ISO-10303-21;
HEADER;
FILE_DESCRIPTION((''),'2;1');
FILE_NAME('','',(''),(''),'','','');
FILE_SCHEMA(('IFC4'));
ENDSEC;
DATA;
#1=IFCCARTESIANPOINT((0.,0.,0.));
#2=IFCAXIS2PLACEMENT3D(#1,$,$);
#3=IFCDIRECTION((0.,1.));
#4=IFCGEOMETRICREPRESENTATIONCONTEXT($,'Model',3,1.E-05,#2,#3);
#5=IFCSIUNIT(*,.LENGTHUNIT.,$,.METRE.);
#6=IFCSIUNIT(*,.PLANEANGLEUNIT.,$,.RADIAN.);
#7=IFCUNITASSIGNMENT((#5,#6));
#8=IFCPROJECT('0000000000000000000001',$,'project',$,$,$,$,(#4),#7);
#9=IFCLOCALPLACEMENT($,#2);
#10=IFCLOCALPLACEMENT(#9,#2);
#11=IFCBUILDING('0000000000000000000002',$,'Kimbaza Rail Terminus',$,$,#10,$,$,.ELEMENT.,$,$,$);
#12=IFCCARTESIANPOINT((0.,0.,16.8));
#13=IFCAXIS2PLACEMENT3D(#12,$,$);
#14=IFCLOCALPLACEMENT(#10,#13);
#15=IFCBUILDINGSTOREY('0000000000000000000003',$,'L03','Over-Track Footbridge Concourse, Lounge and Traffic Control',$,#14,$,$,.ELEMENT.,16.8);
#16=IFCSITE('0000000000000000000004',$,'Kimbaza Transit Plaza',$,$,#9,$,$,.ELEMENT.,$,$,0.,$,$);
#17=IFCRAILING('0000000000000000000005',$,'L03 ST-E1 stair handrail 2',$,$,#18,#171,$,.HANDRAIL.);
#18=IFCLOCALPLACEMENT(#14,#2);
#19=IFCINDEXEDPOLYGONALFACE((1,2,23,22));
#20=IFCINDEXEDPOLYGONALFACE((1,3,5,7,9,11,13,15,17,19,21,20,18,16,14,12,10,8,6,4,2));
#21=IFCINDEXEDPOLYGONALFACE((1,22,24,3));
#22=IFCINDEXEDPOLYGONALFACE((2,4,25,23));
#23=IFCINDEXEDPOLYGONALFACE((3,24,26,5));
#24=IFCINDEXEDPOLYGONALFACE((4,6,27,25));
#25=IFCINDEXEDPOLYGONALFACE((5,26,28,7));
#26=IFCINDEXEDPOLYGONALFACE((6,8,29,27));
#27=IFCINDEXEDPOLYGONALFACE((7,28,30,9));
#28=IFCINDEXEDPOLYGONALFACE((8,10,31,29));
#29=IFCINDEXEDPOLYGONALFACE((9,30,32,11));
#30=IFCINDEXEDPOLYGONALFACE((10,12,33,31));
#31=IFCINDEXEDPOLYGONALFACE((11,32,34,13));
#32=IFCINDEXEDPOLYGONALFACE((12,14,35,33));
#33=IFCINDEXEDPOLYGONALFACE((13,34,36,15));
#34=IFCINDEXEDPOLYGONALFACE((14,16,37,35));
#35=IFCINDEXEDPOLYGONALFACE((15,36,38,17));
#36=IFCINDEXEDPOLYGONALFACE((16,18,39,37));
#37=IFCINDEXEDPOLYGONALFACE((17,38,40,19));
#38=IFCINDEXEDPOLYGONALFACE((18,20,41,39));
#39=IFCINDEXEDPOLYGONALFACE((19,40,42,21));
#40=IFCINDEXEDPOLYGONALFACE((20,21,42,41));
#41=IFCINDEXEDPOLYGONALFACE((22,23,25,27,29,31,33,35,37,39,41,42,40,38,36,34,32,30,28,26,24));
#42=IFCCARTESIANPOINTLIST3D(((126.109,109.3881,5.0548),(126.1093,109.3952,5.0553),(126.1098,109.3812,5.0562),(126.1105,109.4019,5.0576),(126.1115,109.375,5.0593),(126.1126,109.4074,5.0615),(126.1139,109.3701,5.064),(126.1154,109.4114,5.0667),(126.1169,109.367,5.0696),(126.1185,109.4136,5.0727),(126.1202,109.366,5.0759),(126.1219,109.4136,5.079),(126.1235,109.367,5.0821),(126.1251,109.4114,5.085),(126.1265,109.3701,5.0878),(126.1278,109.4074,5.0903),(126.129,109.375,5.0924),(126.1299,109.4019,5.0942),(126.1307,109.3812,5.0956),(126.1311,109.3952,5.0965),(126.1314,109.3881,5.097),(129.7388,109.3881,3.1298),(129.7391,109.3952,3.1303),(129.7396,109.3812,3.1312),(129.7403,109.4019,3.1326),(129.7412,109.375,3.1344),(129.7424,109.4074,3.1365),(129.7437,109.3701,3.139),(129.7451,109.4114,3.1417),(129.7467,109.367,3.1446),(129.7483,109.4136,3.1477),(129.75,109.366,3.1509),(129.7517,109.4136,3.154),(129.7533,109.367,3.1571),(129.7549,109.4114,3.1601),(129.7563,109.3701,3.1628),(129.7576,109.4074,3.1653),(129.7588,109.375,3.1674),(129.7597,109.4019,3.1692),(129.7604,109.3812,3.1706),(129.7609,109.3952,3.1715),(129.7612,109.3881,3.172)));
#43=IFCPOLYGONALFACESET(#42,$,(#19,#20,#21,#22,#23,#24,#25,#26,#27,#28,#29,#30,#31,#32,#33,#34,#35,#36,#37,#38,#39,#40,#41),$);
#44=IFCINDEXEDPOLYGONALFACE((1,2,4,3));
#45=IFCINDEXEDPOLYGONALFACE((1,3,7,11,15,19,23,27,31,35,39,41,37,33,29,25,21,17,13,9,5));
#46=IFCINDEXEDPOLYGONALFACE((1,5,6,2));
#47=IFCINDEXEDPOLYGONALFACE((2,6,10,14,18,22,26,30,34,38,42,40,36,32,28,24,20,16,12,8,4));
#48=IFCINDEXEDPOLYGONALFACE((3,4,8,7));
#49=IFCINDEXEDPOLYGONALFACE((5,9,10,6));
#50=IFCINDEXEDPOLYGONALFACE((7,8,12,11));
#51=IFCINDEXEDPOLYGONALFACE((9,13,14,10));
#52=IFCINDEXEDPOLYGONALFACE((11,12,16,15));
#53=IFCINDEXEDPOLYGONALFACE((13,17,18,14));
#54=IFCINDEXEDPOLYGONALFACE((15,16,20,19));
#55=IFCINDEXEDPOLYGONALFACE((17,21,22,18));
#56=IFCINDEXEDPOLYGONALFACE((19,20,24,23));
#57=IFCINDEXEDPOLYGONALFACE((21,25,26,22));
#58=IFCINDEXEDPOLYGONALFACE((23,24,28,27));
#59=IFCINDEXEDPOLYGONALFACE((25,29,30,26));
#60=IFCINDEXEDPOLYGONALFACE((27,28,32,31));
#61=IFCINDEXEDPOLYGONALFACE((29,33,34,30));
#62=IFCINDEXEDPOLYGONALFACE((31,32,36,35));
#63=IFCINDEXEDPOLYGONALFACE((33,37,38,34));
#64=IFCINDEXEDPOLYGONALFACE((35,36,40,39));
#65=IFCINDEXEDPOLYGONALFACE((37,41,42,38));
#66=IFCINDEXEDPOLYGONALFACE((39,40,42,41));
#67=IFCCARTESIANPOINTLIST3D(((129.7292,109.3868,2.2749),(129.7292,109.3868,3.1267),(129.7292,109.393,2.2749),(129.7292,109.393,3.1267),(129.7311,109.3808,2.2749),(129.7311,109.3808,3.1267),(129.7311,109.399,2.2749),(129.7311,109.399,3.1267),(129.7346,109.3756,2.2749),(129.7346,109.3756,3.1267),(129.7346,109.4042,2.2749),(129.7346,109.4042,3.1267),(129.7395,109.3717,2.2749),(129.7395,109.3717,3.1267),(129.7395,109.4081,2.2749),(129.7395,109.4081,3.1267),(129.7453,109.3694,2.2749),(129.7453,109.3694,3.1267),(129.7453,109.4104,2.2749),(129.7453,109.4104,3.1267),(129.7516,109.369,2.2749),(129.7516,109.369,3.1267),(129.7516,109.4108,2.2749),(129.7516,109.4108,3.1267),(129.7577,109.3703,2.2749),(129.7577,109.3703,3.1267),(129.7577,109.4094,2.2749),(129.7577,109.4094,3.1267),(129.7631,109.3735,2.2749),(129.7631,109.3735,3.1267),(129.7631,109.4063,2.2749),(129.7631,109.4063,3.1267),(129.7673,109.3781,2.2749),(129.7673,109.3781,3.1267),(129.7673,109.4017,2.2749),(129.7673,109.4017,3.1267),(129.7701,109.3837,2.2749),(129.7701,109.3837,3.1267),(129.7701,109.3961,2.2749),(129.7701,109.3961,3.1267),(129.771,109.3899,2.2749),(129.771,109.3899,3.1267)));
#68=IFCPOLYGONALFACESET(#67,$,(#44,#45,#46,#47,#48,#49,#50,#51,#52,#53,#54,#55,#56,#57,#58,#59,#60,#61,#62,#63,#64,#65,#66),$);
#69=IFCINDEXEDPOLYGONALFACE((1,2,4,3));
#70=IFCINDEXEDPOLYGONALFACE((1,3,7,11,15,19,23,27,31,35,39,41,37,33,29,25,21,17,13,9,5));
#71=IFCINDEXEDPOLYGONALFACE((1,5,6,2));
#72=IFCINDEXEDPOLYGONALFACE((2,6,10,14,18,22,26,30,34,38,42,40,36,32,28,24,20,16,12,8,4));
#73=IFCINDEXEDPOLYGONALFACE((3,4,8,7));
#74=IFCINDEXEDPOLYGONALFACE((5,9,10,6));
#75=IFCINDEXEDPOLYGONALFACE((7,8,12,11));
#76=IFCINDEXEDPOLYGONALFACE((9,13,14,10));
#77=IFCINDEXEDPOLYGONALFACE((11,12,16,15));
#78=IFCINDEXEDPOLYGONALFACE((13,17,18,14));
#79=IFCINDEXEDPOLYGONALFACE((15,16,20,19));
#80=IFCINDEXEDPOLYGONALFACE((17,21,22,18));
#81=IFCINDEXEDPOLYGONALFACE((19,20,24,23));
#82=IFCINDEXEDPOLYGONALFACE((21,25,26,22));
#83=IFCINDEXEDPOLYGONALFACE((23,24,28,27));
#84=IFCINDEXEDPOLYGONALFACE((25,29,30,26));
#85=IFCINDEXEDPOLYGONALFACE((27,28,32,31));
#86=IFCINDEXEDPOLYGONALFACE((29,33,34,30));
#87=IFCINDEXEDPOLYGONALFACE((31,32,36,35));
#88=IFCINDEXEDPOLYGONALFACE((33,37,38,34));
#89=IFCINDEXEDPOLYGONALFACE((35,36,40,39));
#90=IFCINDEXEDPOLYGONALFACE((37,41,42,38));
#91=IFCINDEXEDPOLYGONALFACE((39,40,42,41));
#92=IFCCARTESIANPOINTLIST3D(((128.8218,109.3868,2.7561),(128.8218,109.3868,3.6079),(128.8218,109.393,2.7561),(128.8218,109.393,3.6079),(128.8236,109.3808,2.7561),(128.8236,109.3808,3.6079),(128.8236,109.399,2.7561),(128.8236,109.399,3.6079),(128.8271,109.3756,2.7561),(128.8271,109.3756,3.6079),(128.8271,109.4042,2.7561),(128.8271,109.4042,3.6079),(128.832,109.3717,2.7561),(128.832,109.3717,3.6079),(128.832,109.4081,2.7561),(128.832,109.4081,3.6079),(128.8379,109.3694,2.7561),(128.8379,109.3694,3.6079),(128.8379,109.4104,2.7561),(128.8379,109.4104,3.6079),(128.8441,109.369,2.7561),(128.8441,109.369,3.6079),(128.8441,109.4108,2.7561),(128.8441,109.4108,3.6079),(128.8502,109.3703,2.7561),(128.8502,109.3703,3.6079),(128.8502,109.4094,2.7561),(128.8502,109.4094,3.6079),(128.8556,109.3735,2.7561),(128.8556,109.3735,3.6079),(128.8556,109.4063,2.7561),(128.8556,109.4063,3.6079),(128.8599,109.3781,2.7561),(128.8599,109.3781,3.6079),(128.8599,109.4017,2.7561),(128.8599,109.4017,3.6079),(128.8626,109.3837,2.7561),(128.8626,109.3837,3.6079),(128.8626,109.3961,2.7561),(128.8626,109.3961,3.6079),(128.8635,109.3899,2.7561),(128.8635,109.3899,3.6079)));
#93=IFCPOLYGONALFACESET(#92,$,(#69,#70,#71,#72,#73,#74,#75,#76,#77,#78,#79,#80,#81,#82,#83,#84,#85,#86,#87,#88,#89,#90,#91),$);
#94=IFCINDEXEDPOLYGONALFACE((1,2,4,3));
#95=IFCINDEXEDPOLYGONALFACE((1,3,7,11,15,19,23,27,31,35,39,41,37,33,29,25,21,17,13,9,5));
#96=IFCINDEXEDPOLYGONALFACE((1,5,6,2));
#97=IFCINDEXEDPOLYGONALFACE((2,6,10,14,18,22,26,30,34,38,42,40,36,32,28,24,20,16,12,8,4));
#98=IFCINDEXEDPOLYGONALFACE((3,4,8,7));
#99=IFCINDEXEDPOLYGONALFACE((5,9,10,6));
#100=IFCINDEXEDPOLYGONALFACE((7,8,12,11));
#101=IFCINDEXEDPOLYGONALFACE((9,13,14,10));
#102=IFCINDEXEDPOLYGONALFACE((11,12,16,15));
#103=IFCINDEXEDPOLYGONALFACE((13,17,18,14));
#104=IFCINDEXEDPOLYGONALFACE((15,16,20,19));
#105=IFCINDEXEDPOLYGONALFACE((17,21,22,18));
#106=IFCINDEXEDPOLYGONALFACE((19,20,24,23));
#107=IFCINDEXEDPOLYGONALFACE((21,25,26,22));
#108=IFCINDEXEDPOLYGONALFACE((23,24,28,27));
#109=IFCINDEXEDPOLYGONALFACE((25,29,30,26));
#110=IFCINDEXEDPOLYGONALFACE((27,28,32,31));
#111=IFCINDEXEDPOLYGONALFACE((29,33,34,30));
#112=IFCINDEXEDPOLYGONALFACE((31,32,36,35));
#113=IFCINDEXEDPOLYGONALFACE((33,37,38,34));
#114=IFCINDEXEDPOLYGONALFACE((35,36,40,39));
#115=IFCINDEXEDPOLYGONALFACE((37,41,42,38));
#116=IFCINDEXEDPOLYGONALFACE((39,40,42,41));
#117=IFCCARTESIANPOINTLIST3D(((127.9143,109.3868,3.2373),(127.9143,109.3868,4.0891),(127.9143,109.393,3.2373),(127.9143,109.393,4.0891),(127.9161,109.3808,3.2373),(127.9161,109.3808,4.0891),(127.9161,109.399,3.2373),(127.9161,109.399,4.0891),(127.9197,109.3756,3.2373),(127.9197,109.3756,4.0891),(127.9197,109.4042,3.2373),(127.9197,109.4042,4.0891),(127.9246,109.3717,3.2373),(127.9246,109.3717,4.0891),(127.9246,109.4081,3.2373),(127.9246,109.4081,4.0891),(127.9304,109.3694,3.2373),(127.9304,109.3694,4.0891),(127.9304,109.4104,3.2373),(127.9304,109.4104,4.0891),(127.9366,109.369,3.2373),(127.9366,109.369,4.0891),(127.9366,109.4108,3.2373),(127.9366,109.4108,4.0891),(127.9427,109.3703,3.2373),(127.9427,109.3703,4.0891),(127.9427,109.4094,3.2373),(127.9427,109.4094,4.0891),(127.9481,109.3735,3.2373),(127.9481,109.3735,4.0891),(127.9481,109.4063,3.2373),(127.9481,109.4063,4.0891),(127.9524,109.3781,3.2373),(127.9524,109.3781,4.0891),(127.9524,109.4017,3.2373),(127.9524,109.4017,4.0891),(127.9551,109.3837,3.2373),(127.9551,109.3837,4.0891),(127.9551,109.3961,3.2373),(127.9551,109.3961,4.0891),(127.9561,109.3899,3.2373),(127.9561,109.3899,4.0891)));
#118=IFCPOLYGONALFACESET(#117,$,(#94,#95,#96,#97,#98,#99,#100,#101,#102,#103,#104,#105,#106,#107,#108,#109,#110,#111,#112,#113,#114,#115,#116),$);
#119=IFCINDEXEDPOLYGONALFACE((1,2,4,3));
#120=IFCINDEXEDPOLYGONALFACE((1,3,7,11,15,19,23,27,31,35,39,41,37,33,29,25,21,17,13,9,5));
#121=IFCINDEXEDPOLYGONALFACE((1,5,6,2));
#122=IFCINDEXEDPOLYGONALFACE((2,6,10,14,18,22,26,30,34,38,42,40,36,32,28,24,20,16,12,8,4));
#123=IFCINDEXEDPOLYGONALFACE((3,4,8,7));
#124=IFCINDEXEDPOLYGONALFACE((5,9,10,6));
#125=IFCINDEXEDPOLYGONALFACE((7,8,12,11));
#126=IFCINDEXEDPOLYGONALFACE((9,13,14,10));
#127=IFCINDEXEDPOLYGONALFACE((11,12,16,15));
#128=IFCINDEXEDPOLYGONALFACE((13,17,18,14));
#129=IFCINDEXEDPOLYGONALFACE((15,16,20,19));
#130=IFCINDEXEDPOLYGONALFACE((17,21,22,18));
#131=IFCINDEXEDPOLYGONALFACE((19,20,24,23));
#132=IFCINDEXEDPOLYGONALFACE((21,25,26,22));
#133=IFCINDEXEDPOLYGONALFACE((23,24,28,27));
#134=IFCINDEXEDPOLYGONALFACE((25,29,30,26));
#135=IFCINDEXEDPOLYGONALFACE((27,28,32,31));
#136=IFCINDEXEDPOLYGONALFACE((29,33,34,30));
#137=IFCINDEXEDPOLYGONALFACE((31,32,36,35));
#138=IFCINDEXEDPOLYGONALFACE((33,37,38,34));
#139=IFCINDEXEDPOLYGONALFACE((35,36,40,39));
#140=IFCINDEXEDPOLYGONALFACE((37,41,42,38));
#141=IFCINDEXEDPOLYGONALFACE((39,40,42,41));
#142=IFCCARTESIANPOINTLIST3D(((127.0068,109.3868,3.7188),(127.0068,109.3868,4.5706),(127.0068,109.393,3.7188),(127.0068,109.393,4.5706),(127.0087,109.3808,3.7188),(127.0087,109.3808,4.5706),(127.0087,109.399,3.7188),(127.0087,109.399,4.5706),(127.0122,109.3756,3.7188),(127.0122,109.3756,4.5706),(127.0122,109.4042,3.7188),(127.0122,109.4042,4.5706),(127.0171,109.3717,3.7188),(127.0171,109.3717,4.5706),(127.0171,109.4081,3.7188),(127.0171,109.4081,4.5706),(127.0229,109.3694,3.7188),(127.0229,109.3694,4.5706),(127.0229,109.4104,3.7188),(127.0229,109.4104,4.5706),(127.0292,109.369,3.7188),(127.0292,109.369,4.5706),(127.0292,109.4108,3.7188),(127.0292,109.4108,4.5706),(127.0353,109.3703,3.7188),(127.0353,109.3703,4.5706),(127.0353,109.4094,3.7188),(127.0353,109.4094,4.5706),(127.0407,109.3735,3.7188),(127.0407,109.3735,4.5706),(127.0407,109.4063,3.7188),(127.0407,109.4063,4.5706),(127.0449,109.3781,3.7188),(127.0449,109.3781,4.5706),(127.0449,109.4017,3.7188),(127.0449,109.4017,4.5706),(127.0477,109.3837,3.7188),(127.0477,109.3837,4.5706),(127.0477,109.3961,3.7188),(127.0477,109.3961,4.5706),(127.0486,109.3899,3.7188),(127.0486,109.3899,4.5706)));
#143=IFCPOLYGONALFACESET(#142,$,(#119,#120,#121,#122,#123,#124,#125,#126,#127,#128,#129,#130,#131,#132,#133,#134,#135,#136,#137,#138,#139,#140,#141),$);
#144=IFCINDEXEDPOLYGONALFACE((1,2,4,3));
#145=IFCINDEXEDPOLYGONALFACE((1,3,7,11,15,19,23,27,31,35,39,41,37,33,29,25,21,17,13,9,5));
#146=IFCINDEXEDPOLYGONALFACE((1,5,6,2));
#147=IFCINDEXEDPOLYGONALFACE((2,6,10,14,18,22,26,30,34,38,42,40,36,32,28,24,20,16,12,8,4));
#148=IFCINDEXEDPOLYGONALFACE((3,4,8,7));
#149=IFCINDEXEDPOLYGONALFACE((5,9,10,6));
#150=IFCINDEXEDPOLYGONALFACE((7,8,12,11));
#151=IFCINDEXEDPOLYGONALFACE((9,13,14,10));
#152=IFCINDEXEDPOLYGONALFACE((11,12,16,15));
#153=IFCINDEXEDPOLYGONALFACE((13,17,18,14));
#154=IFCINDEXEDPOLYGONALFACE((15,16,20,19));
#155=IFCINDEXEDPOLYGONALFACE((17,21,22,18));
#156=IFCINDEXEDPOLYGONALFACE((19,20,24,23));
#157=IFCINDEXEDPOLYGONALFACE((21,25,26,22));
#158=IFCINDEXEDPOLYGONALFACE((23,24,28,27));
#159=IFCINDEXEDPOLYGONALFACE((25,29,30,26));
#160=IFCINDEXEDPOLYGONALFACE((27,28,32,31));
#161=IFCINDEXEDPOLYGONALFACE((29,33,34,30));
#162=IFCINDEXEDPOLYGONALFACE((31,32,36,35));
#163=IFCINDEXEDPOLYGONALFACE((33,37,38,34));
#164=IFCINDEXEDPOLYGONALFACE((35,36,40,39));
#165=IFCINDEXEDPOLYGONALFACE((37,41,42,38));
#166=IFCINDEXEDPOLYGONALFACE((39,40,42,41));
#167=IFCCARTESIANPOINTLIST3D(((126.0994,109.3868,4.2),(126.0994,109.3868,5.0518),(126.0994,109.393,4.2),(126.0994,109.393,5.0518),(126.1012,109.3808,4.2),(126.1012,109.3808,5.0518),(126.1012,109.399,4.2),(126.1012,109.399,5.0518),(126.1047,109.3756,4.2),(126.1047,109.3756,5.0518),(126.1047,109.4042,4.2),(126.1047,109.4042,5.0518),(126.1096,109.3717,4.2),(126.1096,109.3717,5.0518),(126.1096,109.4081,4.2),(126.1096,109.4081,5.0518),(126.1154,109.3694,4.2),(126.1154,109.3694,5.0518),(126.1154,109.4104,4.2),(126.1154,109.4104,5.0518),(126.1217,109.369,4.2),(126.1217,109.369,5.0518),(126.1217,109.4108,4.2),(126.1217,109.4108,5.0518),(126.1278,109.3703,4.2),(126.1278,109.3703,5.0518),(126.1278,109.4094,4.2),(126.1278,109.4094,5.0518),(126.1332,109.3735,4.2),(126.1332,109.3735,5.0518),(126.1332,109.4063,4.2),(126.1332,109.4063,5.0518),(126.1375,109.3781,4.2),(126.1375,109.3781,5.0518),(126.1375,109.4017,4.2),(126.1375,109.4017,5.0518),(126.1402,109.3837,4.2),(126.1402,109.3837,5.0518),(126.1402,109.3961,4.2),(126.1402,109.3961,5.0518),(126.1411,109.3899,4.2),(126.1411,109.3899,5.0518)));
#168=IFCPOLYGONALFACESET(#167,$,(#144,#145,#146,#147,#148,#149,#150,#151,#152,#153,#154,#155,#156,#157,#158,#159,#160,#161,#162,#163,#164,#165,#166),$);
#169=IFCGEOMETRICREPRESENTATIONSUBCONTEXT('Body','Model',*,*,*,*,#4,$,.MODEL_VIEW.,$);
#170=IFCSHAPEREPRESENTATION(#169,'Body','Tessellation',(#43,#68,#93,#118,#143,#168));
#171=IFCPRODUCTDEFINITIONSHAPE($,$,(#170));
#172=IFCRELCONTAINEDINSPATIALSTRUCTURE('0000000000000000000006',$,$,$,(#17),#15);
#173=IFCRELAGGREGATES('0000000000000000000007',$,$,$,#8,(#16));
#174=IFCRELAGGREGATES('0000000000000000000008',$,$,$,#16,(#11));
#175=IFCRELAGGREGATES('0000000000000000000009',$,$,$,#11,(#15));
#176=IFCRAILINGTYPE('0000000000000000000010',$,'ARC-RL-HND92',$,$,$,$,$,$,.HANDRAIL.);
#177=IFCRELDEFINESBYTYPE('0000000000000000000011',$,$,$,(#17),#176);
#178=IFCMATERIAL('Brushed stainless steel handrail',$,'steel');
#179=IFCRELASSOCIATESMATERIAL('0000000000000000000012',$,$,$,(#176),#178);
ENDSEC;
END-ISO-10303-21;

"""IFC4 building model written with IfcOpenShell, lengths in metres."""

from ifc_helpers import new_model, si_unit, direction, frame, origin, origin_2d, place, context, subcontext, project, spatial, circle, extrude, material, type_object, element, save


model = new_model("IFC4")

# Units and contexts
model_context = context("Model", 3, precision=1e-05, world=origin(), true_north=direction((0.0, 1.0)))
body_context = subcontext(model_context, "Body", "Model", "MODEL_VIEW")
ifc_project = project(units=[si_unit("LENGTHUNIT", "METRE"), si_unit("PLANEANGLEUNIT", "RADIAN")], contexts=[model_context])

# Site, building, storey
site_placement = place(None, origin())
site = spatial("IfcSite", under=ifc_project, at=site_placement, Name="Kimbaza Transit Plaza", CompositionType="ELEMENT", RefElevation=0.0)
building_placement = place(site_placement, origin())
building = spatial("IfcBuilding", under=site, at=building_placement, Name="Kimbaza Rail Terminus", CompositionType="ELEMENT")
storey_placement = place(building_placement, frame((0.0, 0.0, 16.8)))
storey = spatial("IfcBuildingStorey", under=building, at=storey_placement, Name="L03", Description="Over-Track Footbridge Concourse, Lounge and Traffic Control", CompositionType="ELEMENT", Elevation=16.8)

# Railing
ifc_material_1 = material(Name="Brushed stainless steel handrail", Category="steel")
railing_type_1 = type_object("IfcRailingType", Name="ARC-RL-HND92", PredefinedType="HANDRAIL", material=ifc_material_1)
railing_1_placement = place(storey_placement, frame((129.75, 109.3899, 2.2749)))
element("IfcRailing", 1, at=railing_1_placement, inside=storey, type_object=railing_type_1, Name="L03 ST-E1 stair handrail 2", PredefinedType="HANDRAIL", context=body_context, shape_type="SweptSolid", body=[
    extrude(circle(Radius=0.0239, at=origin_2d()), frame((0.0, 0.0, 0.876), z_axis=(-0.883451, 0.0, 0.468524), x_axis=(0.0, -1.0, 0.0)), (0.0, 0.0, 1.0), 4.1086),
    extrude(circle(Radius=0.021, at=origin_2d()), origin(), (0.0, 0.0, 1.0), 0.8518),
    extrude(circle(Radius=0.021, at=origin_2d()), frame((-0.9075, 0.0, 0.4812)), (0.0, 0.0, 1.0), 0.8518),
    extrude(circle(Radius=0.021, at=origin_2d()), frame((-1.8149, 0.0, 0.9624)), (0.0, 0.0, 1.0), 0.8518),
    extrude(circle(Radius=0.021, at=origin_2d()), frame((-2.7224, 0.0, 1.4438)), (0.0, 0.0, 1.0), 0.8518),
    extrude(circle(Radius=0.021, at=origin_2d()), frame((-3.6299, 0.0, 1.925)), (0.0, 0.0, 1.0), 0.8518),
])

save(model, "model.ifc")
